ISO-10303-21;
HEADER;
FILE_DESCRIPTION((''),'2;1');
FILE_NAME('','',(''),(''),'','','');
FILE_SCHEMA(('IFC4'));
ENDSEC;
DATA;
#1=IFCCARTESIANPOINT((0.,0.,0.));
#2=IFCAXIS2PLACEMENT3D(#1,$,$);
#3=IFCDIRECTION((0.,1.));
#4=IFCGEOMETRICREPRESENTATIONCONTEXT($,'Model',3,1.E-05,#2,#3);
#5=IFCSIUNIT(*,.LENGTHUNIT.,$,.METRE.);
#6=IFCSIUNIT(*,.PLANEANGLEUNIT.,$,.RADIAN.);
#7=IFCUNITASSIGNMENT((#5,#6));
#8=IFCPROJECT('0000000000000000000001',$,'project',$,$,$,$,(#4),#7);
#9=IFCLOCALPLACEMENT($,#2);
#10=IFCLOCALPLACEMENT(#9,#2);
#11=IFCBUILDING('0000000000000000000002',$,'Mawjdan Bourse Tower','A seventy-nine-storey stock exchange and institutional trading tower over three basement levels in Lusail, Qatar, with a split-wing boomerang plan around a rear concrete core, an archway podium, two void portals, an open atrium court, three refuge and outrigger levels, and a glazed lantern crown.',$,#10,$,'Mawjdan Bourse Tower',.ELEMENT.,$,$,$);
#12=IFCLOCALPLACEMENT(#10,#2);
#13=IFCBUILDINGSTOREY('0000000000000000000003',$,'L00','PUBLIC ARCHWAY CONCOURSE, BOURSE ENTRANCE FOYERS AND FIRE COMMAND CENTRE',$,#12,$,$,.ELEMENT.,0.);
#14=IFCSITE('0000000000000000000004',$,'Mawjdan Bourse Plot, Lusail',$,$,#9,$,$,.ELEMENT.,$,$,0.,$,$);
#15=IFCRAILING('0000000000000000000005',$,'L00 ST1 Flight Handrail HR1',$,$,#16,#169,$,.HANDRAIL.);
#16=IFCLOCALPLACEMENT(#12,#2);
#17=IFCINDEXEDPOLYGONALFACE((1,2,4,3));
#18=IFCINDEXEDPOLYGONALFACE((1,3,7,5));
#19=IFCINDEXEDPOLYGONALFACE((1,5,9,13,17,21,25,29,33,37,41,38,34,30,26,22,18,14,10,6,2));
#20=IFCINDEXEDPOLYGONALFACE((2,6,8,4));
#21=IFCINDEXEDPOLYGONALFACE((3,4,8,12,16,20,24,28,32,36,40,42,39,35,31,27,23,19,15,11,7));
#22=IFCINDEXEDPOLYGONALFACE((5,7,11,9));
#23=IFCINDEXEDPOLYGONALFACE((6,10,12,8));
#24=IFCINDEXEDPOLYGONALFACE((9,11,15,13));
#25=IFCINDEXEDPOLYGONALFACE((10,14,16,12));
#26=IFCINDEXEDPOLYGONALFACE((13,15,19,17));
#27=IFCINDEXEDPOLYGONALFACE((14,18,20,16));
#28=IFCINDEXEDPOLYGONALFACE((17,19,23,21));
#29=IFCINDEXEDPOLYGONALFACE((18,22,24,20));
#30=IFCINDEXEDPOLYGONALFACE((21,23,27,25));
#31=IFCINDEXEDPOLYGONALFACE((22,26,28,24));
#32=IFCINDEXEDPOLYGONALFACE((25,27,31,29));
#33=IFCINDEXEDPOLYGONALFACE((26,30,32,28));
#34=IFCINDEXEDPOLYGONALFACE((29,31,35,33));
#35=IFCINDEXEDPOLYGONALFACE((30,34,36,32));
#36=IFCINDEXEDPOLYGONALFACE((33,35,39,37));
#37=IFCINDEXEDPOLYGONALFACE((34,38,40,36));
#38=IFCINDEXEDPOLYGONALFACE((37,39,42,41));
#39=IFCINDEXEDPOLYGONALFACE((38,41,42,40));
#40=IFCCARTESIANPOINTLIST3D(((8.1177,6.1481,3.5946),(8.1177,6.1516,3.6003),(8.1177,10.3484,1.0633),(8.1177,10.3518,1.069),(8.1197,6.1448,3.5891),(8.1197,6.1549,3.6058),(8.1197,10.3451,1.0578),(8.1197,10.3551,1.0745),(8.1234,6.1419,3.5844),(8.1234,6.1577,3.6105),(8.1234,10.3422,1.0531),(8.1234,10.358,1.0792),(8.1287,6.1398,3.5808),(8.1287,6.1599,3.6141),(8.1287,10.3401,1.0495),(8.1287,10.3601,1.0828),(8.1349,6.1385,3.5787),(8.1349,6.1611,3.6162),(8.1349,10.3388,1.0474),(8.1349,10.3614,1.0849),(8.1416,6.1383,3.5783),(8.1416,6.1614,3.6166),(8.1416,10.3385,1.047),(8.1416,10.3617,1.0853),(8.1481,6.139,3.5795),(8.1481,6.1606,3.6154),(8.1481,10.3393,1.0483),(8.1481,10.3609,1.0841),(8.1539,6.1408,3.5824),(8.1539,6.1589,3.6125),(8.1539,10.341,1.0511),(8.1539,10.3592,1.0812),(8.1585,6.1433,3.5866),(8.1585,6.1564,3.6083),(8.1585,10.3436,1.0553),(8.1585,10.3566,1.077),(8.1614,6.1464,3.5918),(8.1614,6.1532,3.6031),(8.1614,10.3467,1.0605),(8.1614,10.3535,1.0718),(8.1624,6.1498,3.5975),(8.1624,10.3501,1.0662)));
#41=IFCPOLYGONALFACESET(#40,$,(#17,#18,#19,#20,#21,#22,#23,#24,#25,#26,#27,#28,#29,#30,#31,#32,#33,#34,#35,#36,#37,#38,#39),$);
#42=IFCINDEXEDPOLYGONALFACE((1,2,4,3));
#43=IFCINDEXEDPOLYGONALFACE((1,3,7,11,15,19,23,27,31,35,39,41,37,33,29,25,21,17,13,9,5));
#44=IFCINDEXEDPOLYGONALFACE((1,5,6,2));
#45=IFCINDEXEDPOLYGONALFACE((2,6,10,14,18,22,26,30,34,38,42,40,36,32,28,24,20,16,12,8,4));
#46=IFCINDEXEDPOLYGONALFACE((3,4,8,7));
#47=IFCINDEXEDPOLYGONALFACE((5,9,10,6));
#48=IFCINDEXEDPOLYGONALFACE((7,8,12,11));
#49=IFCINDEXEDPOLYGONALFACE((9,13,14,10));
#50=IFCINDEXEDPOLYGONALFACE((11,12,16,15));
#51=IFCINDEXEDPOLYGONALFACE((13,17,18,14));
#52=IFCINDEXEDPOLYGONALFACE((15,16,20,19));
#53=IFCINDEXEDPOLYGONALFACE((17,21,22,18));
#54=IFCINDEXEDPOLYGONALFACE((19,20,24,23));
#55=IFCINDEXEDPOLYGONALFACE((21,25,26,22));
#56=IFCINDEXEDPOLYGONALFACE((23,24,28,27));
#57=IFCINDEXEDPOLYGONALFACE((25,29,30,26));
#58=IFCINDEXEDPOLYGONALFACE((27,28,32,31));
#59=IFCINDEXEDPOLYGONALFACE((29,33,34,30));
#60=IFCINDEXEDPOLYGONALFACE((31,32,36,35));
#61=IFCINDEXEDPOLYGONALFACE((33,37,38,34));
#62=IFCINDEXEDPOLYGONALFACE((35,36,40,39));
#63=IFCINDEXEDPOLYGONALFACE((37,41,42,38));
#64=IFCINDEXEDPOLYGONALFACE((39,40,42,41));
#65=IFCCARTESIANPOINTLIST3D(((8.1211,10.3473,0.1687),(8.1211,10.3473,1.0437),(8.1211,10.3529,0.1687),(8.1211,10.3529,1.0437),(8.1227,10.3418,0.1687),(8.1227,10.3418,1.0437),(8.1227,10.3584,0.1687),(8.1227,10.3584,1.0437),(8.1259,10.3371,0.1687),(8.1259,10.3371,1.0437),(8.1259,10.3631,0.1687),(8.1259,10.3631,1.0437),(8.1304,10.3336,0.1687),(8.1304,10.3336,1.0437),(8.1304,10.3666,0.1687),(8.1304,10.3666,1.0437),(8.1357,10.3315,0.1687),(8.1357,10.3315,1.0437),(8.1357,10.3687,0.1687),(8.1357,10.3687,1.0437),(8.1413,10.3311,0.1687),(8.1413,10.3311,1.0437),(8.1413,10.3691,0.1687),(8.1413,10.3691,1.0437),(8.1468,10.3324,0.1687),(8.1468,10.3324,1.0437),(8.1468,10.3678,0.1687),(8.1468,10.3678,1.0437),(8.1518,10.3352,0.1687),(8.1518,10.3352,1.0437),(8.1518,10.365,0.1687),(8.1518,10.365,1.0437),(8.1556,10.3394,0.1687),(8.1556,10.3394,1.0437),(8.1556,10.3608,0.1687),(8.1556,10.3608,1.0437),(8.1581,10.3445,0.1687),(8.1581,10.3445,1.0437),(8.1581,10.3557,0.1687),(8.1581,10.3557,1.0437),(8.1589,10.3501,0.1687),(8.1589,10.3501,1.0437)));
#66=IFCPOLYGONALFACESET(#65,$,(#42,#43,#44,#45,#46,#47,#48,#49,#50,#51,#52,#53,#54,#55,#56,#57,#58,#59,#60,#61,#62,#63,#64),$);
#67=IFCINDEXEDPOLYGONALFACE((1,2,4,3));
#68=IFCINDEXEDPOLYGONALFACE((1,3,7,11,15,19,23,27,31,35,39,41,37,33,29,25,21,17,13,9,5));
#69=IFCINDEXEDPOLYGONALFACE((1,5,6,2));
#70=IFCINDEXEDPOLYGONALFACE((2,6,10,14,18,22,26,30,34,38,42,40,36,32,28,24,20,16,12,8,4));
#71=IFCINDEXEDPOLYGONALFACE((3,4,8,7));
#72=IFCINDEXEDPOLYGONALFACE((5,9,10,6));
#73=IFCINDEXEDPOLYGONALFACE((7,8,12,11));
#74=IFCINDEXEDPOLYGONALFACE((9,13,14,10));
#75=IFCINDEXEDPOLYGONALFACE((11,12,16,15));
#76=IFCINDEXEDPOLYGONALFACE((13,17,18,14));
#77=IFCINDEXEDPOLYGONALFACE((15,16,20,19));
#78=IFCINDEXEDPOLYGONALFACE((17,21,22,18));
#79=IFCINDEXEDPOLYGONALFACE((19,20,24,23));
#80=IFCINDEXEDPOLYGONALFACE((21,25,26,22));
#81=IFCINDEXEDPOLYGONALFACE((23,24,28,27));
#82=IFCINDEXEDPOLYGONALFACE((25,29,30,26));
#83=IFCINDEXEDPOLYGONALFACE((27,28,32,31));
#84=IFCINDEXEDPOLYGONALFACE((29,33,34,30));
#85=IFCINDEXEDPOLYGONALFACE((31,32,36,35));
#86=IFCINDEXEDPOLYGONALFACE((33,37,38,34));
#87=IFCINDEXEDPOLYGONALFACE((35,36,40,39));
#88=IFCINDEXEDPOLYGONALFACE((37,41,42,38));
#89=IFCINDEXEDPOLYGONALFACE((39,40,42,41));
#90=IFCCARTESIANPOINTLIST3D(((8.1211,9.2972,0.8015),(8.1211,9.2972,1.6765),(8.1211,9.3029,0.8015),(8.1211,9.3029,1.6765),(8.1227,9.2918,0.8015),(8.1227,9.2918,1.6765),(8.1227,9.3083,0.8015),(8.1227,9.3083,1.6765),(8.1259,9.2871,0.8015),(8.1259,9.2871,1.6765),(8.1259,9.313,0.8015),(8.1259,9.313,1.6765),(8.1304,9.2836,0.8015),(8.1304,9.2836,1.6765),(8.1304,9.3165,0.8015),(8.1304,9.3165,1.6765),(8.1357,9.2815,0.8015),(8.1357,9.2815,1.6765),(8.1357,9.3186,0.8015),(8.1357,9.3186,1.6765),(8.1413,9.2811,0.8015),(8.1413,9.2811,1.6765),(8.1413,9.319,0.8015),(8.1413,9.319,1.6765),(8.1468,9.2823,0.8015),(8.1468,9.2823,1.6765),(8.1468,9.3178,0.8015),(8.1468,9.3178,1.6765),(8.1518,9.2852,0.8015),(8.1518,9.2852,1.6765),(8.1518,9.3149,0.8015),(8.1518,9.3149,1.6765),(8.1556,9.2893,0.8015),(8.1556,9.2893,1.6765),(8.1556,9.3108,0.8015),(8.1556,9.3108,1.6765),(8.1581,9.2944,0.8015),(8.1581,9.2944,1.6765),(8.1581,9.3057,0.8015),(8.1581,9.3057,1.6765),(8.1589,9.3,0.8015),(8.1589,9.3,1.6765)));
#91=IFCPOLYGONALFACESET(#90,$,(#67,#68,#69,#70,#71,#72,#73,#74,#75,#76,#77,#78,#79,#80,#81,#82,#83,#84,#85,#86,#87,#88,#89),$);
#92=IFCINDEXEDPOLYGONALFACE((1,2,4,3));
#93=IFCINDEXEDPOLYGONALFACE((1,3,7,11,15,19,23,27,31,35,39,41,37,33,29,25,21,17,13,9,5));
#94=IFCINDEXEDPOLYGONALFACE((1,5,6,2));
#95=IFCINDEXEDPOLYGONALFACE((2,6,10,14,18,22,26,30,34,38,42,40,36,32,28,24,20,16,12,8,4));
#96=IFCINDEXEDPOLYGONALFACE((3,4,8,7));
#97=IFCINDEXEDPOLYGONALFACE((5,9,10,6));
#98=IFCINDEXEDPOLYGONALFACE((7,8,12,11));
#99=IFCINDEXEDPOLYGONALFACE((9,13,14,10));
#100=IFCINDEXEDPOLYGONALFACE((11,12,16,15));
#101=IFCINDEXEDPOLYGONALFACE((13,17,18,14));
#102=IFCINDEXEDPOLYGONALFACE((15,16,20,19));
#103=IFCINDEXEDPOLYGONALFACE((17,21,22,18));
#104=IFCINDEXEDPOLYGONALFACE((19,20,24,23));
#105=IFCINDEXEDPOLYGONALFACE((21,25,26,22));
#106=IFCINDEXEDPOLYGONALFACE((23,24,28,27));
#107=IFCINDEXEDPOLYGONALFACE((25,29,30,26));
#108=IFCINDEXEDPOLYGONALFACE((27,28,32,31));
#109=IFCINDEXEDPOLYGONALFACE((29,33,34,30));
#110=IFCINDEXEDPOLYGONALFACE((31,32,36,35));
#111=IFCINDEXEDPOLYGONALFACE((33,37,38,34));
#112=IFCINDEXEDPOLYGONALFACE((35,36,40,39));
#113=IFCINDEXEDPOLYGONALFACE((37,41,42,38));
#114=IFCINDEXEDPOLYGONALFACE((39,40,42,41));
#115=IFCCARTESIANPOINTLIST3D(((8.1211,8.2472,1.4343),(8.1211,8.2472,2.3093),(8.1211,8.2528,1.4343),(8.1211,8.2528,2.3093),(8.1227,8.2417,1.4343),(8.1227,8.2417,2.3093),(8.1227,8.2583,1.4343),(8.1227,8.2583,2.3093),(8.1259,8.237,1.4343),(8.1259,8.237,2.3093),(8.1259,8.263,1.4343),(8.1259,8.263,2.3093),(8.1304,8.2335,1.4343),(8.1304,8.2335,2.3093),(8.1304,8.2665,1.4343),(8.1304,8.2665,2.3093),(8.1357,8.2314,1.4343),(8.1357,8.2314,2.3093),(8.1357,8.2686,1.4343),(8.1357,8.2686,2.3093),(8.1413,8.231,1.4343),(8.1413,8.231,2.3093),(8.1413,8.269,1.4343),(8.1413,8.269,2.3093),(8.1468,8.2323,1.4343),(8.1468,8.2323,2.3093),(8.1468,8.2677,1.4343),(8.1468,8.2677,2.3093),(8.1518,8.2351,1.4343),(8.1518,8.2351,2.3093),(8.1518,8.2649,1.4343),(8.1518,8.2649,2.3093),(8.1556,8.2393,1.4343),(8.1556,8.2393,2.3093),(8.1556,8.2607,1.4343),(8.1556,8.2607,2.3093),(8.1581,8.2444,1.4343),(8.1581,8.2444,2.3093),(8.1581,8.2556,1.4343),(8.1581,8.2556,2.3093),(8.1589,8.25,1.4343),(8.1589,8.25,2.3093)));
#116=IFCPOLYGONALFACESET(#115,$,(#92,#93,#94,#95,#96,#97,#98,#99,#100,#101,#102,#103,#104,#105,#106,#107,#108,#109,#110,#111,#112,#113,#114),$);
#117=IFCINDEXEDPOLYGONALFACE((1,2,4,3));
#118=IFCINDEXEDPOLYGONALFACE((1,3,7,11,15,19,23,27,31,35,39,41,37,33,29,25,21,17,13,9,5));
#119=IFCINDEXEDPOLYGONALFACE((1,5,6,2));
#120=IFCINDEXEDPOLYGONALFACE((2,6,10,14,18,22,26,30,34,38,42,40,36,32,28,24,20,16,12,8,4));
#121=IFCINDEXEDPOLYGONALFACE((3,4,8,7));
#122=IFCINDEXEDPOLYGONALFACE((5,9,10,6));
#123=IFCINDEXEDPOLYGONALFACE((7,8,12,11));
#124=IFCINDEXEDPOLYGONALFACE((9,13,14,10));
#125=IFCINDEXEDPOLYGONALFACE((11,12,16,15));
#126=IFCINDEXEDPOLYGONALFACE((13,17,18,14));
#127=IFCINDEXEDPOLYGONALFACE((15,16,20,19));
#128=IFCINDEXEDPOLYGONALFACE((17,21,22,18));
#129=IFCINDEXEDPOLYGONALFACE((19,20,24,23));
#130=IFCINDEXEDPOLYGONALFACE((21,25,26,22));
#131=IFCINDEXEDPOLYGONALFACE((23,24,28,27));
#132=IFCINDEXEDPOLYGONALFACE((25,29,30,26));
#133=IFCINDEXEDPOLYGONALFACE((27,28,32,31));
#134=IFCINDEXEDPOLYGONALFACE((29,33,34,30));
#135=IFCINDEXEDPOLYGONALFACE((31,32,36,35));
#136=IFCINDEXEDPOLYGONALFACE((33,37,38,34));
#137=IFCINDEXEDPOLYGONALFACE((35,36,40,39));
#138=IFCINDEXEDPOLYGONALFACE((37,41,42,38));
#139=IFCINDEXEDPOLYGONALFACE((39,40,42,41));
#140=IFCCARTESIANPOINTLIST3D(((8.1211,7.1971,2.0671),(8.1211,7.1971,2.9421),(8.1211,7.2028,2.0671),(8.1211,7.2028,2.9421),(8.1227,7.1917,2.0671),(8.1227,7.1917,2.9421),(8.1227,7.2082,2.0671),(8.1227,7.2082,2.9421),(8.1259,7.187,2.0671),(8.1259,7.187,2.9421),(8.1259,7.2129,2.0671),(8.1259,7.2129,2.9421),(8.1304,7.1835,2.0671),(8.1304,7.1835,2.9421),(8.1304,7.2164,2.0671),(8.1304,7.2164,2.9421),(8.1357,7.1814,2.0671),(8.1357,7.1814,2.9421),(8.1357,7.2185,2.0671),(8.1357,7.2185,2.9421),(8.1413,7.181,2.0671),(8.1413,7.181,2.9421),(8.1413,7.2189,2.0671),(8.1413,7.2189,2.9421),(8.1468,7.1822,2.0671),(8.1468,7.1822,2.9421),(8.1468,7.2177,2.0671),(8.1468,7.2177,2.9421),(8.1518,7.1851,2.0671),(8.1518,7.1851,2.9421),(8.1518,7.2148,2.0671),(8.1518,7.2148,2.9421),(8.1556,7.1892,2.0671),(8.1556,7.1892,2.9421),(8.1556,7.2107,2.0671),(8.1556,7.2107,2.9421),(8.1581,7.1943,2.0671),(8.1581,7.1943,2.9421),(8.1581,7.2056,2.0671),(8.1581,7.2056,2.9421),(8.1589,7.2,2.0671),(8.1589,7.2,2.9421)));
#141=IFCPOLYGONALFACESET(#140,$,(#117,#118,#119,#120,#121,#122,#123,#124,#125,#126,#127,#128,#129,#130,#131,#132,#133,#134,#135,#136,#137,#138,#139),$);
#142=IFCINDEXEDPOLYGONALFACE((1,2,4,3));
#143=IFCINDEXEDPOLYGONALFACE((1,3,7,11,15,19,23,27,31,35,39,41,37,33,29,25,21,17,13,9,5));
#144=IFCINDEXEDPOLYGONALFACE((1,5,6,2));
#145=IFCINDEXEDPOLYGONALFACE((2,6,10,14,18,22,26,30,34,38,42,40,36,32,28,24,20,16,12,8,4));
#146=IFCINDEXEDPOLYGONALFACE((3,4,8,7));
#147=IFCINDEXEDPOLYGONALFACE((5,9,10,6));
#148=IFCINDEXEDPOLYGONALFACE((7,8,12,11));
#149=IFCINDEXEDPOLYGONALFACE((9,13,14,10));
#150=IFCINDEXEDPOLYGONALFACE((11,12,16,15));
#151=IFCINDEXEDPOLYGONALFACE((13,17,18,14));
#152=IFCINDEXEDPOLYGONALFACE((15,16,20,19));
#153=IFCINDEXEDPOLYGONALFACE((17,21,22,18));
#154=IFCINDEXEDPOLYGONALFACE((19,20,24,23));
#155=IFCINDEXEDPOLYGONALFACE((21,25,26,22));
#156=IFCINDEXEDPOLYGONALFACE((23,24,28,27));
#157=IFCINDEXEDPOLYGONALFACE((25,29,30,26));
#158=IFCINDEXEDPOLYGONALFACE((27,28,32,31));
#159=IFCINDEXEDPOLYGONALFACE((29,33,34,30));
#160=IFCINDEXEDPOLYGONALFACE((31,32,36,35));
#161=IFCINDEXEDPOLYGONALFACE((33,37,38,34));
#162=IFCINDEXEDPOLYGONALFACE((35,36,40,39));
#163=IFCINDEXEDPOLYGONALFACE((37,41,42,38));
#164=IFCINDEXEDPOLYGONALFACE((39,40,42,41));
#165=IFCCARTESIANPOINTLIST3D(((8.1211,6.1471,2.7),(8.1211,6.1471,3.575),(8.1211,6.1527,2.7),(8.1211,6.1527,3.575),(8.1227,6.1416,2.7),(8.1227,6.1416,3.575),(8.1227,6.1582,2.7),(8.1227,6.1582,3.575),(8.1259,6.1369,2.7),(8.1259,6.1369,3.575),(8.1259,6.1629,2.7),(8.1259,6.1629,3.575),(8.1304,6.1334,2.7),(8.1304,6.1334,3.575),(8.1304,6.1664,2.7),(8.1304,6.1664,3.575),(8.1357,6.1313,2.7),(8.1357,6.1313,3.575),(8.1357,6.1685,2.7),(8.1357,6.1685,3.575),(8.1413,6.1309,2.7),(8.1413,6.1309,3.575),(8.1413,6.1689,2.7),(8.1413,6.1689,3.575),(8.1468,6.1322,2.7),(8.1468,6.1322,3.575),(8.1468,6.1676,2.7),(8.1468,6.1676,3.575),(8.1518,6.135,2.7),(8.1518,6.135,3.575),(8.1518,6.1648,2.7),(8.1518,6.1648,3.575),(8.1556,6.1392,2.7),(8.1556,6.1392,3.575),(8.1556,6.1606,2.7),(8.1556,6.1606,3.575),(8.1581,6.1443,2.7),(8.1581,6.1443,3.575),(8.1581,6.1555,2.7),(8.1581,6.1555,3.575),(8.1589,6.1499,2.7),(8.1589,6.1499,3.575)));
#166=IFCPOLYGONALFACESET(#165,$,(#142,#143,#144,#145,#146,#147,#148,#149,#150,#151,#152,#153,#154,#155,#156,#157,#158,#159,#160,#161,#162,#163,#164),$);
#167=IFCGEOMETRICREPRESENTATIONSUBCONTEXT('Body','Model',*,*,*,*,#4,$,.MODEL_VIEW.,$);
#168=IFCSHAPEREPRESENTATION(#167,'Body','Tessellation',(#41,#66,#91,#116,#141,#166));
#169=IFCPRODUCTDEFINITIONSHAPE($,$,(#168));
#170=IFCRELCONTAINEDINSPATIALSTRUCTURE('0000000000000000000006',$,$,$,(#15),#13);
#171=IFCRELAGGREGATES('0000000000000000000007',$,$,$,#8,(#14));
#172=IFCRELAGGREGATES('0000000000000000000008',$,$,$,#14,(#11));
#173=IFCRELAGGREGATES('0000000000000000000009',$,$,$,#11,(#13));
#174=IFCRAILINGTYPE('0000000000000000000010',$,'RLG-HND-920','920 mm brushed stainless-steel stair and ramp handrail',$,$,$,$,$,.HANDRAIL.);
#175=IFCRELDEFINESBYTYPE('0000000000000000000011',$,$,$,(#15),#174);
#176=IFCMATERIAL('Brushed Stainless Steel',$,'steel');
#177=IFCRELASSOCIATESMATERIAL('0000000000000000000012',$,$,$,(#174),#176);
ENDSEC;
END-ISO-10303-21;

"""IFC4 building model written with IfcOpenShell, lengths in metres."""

from ifc_helpers import new_model, si_unit, direction, frame, origin, origin_2d, place, context, subcontext, project, spatial, circle, extrude, material, type_object, element, save


model = new_model("IFC4")

# Units and contexts
model_context = context("Model", 3, precision=1e-05, world=origin(), true_north=direction((0.0, 1.0)))
body_context = subcontext(model_context, "Body", "Model", "MODEL_VIEW")
ifc_project = project(units=[si_unit("LENGTHUNIT", "METRE"), si_unit("PLANEANGLEUNIT", "RADIAN")], contexts=[model_context])

# Site, building, storey
site_placement = place(None, origin())
site = spatial("IfcSite", under=ifc_project, at=site_placement, Name="Mawjdan Bourse Plot, Lusail", CompositionType="ELEMENT", RefElevation=0.0)
building_placement = place(site_placement, origin())
building = spatial("IfcBuilding", under=site, at=building_placement, Name="Mawjdan Bourse Tower", Description="A seventy-nine-storey stock exchange and institutional trading tower over three basement levels in Lusail, Qatar, with a split-wing boomerang plan around a rear concrete core, an archway podium, two void portals, an open atrium court, three refuge and outrigger levels, and a glazed lantern crown.", LongName="Mawjdan Bourse Tower", CompositionType="ELEMENT")
storey_placement = place(building_placement, origin())
storey = spatial("IfcBuildingStorey", under=building, at=storey_placement, Name="L00", Description="PUBLIC ARCHWAY CONCOURSE, BOURSE ENTRANCE FOYERS AND FIRE COMMAND CENTRE", CompositionType="ELEMENT", Elevation=0.0)

# Railing
ifc_material_1 = material(Name="Brushed Stainless Steel", Category="steel")
railing_type_1 = type_object("IfcRailingType", Name="RLG-HND-920", Description="920 mm brushed stainless-steel stair and ramp handrail", PredefinedType="HANDRAIL", material=ifc_material_1)
railing_1_placement = place(storey_placement, frame((8.1399, 10.3501, 0.1687)))
element("IfcRailing", 1, at=railing_1_placement, inside=storey, type_object=railing_type_1, Name="L00 ST1 Flight Handrail HR1", PredefinedType="HANDRAIL", context=body_context, shape_type="SweptSolid", body=[
    extrude(circle(Radius=0.0225, at=origin_2d()), frame((0.0, 0.0, 0.8975), z_axis=(0.0, -0.85649, 0.516164), x_axis=(1.0, 0.0, 0.0)), (0.0, 0.0, 1.0), 4.9041),
    extrude(circle(Radius=0.019, at=origin_2d()), origin(), (0.0, 0.0, 1.0), 0.875),
    extrude(circle(Radius=0.019, at=origin_2d()), frame((0.0, -1.05, 0.6328)), (0.0, 0.0, 1.0), 0.875),
    extrude(circle(Radius=0.019, at=origin_2d()), frame((0.0, -2.1001, 1.2656)), (0.0, 0.0, 1.0), 0.875),
    extrude(circle(Radius=0.019, at=origin_2d()), frame((0.0, -3.1501, 1.8984)), (0.0, 0.0, 1.0), 0.875),
    extrude(circle(Radius=0.019, at=origin_2d()), frame((0.0, -4.2002, 2.5312)), (0.0, 0.0, 1.0), 0.875),
])

save(model, "model.ifc")
